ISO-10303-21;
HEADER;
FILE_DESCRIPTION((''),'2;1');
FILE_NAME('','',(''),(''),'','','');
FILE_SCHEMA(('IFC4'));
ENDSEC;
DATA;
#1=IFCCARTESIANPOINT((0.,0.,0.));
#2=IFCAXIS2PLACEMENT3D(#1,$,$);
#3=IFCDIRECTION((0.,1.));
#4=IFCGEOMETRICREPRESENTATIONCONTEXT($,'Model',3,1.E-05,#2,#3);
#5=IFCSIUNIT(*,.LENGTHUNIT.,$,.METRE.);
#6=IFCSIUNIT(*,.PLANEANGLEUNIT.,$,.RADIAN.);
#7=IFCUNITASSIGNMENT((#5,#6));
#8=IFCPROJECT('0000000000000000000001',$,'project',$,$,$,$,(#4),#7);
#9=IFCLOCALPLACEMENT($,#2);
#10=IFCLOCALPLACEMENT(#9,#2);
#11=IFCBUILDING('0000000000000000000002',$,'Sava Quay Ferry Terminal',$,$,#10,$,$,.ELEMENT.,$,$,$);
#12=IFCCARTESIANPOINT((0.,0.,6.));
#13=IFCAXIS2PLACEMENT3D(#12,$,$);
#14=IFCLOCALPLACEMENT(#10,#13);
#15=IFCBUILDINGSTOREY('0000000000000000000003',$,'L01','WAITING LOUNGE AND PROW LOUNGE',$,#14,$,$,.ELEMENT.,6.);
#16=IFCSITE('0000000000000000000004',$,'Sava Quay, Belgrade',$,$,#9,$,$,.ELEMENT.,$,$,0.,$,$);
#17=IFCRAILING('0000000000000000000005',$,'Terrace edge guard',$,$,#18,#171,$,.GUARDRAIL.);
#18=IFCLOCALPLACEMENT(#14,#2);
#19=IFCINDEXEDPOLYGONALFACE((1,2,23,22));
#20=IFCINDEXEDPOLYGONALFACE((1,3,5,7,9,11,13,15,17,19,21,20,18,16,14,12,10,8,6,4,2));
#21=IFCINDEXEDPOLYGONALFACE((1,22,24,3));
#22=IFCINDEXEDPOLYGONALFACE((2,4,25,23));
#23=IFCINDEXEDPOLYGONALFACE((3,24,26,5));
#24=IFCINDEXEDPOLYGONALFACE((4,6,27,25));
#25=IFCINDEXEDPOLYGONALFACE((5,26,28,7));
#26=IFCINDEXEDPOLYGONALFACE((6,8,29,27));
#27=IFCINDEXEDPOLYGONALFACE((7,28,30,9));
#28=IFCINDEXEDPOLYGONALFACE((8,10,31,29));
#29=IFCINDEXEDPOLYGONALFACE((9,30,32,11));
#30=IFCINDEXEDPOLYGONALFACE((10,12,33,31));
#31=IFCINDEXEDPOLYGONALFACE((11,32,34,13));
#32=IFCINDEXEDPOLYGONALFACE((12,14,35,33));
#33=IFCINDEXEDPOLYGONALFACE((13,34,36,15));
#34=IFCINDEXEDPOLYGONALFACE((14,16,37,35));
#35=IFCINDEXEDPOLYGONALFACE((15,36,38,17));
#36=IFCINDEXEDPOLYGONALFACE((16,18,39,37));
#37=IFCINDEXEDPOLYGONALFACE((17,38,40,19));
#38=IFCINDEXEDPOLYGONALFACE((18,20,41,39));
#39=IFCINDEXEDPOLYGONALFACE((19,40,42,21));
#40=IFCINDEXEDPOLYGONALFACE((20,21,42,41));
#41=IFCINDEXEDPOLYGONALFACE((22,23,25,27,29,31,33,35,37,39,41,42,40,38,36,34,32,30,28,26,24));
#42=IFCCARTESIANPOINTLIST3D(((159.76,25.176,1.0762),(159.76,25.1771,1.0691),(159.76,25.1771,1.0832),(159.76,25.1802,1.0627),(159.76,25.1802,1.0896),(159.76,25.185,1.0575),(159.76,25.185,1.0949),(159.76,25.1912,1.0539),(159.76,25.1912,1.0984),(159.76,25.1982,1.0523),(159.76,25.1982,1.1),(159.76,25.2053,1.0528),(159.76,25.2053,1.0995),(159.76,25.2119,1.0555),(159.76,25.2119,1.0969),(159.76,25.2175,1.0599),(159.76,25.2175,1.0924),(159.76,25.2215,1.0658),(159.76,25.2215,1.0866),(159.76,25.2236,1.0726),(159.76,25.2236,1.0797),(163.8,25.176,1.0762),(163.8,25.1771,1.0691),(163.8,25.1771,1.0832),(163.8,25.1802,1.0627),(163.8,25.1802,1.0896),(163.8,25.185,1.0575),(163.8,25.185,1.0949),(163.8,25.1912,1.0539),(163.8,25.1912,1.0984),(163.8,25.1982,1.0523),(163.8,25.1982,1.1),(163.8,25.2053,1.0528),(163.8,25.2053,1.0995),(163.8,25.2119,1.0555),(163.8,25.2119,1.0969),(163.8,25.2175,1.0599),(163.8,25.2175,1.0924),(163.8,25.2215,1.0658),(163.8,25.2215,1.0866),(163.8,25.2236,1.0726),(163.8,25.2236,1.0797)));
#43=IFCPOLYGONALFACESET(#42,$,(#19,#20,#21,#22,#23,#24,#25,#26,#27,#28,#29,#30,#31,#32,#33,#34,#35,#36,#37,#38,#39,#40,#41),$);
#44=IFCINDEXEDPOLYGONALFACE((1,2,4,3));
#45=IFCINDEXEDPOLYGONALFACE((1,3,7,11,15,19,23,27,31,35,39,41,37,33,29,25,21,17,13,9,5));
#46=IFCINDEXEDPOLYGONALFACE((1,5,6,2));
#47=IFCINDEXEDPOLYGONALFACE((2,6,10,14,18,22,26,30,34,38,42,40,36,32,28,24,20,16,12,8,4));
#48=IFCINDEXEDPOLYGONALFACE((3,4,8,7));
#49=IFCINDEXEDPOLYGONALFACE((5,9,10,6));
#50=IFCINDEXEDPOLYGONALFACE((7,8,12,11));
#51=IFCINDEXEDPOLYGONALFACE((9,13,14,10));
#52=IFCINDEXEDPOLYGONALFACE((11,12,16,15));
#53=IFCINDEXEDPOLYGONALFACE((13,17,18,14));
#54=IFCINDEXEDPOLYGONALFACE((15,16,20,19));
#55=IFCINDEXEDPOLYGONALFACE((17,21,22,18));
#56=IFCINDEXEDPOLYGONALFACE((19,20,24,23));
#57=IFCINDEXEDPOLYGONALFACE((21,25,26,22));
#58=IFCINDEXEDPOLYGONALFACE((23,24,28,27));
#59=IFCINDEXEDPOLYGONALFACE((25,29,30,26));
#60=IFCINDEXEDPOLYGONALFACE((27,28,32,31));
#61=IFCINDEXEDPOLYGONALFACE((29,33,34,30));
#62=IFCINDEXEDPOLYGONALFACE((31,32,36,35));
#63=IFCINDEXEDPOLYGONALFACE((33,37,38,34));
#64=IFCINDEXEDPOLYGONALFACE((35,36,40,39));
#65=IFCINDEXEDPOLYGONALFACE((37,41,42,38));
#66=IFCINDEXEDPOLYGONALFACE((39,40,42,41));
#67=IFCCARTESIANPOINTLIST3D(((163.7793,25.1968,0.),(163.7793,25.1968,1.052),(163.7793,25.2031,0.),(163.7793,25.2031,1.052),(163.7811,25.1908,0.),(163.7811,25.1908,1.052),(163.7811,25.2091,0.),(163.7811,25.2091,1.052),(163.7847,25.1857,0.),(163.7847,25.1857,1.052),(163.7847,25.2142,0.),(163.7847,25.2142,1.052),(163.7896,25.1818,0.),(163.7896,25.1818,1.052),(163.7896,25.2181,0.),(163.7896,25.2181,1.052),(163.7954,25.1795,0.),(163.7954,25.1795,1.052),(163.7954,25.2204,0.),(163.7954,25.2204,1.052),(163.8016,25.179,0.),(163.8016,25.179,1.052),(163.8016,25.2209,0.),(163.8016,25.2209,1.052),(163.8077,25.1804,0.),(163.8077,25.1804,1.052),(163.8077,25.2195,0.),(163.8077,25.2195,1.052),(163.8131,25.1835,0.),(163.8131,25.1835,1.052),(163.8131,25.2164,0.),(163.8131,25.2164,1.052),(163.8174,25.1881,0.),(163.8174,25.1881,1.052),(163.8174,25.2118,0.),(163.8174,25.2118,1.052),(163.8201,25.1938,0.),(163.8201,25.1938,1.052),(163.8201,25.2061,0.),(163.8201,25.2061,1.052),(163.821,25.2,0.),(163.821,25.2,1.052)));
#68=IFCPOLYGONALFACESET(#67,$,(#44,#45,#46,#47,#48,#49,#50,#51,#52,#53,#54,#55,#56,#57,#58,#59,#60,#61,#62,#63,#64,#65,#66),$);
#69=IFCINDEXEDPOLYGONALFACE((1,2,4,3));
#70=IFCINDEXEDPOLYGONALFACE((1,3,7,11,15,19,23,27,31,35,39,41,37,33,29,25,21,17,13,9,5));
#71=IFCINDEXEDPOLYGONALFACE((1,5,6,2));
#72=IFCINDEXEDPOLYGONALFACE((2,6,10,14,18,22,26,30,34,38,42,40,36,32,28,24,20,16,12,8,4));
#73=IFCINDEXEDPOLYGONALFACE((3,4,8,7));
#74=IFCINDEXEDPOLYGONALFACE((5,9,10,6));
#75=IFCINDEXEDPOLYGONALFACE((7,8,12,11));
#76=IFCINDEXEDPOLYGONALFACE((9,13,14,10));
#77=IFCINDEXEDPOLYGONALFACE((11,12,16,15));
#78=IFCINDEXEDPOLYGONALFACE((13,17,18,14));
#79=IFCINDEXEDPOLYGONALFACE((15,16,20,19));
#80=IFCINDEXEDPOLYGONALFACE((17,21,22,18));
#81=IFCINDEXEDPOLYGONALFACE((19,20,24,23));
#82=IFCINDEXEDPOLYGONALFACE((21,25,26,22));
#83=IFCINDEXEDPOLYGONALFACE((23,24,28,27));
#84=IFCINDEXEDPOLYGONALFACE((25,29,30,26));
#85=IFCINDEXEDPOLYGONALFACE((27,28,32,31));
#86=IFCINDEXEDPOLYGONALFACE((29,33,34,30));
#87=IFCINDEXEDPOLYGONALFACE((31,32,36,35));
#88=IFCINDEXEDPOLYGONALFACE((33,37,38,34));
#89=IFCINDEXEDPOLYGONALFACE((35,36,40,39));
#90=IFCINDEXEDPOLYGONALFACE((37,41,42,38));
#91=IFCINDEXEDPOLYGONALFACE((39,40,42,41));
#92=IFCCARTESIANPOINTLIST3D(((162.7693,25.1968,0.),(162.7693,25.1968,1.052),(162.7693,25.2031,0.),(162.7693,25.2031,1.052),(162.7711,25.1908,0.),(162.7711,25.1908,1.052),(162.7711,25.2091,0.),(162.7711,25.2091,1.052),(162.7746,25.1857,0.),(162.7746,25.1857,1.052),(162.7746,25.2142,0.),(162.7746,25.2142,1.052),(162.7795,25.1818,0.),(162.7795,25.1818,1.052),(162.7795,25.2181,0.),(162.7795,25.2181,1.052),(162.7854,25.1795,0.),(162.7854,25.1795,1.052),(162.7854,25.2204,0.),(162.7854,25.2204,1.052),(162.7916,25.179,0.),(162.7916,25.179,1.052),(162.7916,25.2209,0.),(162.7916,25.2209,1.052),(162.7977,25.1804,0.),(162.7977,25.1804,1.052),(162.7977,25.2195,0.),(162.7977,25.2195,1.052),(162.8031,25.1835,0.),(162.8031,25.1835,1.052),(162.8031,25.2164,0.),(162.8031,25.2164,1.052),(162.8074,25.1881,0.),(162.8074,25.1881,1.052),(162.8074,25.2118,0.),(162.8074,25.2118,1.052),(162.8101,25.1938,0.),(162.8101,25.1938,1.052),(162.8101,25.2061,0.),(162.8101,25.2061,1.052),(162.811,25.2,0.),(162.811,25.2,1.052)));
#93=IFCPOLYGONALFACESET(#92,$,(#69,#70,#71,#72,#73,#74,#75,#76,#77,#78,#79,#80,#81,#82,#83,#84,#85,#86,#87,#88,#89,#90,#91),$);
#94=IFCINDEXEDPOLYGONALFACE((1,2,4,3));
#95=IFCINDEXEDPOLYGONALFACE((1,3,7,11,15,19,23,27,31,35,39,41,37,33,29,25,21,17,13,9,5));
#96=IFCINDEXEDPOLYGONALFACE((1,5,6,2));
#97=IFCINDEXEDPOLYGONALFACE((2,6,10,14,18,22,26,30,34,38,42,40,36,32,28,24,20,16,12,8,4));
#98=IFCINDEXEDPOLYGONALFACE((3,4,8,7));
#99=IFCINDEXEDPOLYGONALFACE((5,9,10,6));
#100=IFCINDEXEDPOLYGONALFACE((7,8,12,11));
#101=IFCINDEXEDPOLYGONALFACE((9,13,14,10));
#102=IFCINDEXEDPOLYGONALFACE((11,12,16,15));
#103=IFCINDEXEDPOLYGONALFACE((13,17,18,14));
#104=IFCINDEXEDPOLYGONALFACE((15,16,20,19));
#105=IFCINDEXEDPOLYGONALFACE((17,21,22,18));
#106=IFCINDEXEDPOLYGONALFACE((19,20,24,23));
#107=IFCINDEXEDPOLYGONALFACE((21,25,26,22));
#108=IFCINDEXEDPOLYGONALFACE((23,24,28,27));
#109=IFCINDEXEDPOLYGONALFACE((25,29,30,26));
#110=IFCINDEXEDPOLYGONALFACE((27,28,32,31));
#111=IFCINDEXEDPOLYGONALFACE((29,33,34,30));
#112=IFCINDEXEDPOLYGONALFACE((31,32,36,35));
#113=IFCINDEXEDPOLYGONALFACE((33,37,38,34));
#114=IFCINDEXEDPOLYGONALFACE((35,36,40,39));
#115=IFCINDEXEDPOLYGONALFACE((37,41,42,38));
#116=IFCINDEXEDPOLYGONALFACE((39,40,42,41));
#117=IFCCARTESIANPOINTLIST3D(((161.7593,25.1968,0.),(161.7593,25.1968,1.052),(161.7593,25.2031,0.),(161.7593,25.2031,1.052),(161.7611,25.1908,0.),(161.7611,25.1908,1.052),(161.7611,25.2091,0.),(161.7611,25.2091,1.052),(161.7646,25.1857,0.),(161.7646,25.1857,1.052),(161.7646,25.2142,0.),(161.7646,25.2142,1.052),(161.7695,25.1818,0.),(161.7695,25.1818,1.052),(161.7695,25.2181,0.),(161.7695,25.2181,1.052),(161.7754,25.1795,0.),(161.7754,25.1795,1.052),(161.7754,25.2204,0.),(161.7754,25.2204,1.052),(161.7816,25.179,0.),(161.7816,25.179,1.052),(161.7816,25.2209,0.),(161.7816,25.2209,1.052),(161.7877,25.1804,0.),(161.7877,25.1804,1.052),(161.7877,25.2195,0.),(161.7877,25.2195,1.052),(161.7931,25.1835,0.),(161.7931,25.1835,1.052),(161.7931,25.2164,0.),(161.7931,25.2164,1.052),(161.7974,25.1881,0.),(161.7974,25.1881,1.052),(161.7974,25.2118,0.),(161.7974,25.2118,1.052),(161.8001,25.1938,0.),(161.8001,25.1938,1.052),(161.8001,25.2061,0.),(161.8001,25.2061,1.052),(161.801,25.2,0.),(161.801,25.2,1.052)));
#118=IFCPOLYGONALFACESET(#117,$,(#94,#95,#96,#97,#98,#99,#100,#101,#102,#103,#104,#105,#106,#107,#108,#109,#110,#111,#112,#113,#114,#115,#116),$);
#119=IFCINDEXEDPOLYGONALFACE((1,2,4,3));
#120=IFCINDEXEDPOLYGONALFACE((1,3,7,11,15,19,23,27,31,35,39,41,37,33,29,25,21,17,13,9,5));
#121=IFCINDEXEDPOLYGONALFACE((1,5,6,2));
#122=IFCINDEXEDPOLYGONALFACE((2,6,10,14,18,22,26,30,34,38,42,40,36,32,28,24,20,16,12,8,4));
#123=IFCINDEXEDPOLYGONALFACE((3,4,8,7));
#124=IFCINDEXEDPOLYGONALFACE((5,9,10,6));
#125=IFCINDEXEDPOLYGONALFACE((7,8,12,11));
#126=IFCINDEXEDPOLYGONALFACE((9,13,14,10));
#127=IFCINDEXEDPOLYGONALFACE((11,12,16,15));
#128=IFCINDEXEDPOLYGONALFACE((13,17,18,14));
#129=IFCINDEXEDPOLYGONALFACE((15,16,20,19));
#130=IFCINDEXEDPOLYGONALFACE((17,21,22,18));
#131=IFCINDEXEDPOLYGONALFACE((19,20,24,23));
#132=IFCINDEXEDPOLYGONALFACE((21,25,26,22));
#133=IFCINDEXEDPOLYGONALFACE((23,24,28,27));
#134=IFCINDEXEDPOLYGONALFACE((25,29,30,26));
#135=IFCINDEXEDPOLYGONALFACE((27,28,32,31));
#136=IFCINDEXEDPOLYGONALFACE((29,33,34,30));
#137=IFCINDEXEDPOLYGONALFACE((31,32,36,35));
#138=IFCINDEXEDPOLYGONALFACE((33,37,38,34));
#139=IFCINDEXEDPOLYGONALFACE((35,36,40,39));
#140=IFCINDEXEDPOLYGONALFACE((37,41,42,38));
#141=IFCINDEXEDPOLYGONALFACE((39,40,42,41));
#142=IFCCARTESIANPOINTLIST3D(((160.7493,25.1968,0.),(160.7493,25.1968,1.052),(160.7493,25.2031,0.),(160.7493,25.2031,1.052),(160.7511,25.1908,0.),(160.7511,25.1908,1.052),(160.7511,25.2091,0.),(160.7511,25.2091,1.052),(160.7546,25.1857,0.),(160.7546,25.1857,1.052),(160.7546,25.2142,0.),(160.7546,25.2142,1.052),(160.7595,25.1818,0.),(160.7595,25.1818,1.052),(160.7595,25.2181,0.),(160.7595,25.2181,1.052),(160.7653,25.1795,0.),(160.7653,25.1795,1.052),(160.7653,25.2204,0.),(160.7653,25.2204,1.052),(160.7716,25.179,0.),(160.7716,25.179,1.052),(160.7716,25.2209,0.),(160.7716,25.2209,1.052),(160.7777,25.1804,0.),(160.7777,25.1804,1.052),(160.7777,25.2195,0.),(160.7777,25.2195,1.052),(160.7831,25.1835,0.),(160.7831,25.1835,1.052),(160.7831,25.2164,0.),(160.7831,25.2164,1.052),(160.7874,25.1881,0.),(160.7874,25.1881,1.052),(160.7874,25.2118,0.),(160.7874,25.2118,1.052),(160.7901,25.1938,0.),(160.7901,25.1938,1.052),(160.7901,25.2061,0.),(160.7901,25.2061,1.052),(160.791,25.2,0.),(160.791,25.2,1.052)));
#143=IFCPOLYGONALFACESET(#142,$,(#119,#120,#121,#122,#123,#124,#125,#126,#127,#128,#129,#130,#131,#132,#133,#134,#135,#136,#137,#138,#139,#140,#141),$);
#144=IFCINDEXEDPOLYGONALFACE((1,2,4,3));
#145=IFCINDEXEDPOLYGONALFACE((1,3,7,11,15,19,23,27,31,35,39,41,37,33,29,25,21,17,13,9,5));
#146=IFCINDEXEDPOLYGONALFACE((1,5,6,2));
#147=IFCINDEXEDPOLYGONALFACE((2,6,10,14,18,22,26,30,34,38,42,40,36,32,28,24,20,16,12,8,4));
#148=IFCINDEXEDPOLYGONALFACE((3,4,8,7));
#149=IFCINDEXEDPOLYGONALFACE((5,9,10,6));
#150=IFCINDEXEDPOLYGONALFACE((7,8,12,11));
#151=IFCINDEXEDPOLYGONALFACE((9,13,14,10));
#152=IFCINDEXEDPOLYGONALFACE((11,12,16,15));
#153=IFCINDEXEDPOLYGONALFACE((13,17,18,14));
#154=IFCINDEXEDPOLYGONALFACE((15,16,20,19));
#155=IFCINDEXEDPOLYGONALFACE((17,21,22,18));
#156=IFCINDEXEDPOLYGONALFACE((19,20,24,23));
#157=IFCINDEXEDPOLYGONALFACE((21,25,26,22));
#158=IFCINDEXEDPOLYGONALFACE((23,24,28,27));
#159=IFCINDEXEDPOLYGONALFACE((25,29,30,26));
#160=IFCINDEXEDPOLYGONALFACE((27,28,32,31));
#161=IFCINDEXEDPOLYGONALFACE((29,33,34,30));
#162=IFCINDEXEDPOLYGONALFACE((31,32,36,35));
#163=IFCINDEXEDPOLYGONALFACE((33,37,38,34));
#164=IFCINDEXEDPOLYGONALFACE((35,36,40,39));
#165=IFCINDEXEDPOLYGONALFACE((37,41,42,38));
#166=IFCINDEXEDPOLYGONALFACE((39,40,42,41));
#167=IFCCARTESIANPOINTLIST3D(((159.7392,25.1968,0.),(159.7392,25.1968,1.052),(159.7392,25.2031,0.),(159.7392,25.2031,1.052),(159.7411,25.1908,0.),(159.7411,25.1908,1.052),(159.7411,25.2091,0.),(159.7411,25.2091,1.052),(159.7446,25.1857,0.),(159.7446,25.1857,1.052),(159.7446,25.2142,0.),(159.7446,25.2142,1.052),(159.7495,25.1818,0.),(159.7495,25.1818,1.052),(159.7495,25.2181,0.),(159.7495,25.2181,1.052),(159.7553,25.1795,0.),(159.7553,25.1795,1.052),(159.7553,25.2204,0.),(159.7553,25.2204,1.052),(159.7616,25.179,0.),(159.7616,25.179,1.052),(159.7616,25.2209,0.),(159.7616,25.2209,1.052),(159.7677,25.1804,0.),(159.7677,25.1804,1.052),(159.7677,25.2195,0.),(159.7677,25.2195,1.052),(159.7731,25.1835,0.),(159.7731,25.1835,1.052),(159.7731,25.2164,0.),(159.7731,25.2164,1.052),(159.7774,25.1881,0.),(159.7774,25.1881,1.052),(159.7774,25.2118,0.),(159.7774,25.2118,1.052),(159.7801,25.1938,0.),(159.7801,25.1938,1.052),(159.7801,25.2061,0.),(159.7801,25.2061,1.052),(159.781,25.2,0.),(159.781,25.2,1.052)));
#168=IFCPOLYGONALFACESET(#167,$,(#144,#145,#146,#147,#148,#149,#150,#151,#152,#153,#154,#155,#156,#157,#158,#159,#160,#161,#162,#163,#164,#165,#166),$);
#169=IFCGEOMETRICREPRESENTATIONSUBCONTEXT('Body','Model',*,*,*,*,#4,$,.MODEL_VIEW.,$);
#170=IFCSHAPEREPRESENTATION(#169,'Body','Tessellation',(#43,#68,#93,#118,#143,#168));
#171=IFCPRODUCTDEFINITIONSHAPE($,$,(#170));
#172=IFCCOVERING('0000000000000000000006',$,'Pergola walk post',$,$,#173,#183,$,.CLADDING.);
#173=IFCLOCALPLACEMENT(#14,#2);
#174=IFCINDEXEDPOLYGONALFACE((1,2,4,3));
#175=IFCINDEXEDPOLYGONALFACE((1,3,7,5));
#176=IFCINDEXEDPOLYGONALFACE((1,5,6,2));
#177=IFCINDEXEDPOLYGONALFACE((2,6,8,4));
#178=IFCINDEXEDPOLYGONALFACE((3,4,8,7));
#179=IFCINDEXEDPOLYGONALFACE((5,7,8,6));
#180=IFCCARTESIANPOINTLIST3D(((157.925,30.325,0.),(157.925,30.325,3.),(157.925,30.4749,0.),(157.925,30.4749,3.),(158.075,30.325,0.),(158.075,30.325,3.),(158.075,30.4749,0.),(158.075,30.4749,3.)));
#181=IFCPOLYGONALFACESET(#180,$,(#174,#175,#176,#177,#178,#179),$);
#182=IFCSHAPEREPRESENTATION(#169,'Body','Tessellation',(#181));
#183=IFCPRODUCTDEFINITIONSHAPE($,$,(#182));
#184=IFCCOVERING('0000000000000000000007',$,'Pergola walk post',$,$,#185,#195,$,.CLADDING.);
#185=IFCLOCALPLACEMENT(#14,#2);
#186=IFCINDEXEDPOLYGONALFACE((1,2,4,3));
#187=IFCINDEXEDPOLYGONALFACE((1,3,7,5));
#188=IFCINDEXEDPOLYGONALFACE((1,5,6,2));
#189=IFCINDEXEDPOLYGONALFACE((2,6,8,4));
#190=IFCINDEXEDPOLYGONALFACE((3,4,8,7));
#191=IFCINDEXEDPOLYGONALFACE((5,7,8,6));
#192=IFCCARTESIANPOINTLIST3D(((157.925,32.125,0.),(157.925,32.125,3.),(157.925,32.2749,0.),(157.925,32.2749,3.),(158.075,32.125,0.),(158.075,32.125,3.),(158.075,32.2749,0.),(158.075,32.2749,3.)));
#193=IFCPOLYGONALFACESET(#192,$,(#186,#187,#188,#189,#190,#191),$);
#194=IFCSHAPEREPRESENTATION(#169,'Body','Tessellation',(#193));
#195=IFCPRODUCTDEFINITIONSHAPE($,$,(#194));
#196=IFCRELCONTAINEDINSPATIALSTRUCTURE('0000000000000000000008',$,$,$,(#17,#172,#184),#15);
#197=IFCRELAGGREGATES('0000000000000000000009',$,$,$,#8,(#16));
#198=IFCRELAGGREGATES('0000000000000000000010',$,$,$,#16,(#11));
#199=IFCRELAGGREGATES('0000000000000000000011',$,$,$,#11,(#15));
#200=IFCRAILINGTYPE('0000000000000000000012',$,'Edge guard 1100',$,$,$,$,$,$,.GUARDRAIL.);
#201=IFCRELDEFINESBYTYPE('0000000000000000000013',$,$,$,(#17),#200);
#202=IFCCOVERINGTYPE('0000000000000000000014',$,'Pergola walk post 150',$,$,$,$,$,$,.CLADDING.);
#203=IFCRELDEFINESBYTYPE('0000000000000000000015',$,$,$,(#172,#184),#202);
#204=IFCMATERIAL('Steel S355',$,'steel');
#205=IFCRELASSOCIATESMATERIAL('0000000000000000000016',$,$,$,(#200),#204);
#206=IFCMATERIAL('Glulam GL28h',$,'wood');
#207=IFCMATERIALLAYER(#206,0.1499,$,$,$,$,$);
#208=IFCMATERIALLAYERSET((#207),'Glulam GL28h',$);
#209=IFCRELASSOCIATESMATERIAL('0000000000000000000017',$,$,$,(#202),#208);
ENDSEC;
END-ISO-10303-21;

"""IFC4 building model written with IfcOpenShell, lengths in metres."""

from ifc_helpers import new_model, si_unit, direction, frame, origin, origin_2d, place, context, subcontext, project, spatial, rectangle, circle, extrude, material, layer, layer_set, type_object, element, save


model = new_model("IFC4")

# Units and contexts
model_context = context("Model", 3, precision=1e-05, world=origin(), true_north=direction((0.0, 1.0)))
body_context = subcontext(model_context, "Body", "Model", "MODEL_VIEW")
ifc_project = project(units=[si_unit("LENGTHUNIT", "METRE"), si_unit("PLANEANGLEUNIT", "RADIAN")], contexts=[model_context])

# Site, building, storey
site_placement = place(None, origin())
site = spatial("IfcSite", under=ifc_project, at=site_placement, Name="Sava Quay, Belgrade", CompositionType="ELEMENT", RefElevation=0.0)
building_placement = place(site_placement, origin())
building = spatial("IfcBuilding", under=site, at=building_placement, Name="Sava Quay Ferry Terminal", CompositionType="ELEMENT")
storey_placement = place(building_placement, frame((0.0, 0.0, 6.0)))
storey = spatial("IfcBuildingStorey", under=building, at=storey_placement, Name="L01", Description="WAITING LOUNGE AND PROW LOUNGE", CompositionType="ELEMENT", Elevation=6.0)

# Railing
ifc_material_1 = material(Name="Steel S355", Category="steel")
railing_type = type_object("IfcRailingType", Name="Edge guard 1100", PredefinedType="GUARDRAIL", material=ifc_material_1)
railing_1_placement = place(storey_placement, frame((163.8, 25.2, 0.0)))
element("IfcRailing", 1, at=railing_1_placement, inside=storey, type_object=railing_type, Name="Terrace edge guard", PredefinedType="GUARDRAIL", context=body_context, shape_type="SweptSolid", body=[
    extrude(circle(Radius=0.0239, at=origin_2d()), frame((0.0, 0.0, 1.0762), z_axis=(-1.0, 0.0, 0.0), x_axis=(0.0, -1.0, 0.0)), (0.0, 0.0, 1.0), 4.04),
    extrude(circle(Radius=0.021, at=origin_2d()), origin(), (0.0, 0.0, 1.0), 1.052),
    extrude(circle(Radius=0.021, at=origin_2d()), frame((-1.01, 0.0, 0.0)), (0.0, 0.0, 1.0), 1.052),
    extrude(circle(Radius=0.021, at=origin_2d()), frame((-2.02, 0.0, 0.0)), (0.0, 0.0, 1.0), 1.052),
    extrude(circle(Radius=0.021, at=origin_2d()), frame((-3.03, 0.0, 0.0)), (0.0, 0.0, 1.0), 1.052),
    extrude(circle(Radius=0.021, at=origin_2d()), frame((-4.04, 0.0, 0.0)), (0.0, 0.0, 1.0), 1.052),
])

# Coverings
ifc_material_2 = material(Name="Glulam GL28h", Category="wood")
ifc_layer_1 = layer(ifc_material_2, 0.1499)
ifc_layer_set_1 = layer_set([ifc_layer_1], Name="Glulam GL28h")
covering_type_1 = type_object("IfcCoveringType", Name="Pergola walk post 150", PredefinedType="CLADDING", material=ifc_layer_set_1)
for number, where, z_axis, x_axis, name in (
    (2, (158.0, 30.3999, 0.0), (0.0, 0.0, 1.0), (1.0, 0.0, 0.0), "Pergola walk post"),
    (3, (158.0, 32.2, 0.0), (0.0, 0.0, 1.0), (1.0, 0.0, 0.0), "Pergola walk post"),
):
    element("IfcCovering", number, at=place(storey_placement, frame(where, z_axis=z_axis, x_axis=x_axis)), inside=storey, type_object=covering_type_1, Name=name, PredefinedType="CLADDING", context=body_context, shape_type="SweptSolid", body=[
        extrude(rectangle(XDim=0.1499, YDim=0.1499, at=origin_2d()), origin(), (0.0, 0.0, 1.0), 3.0),
    ])

save(model, "model.ifc")
